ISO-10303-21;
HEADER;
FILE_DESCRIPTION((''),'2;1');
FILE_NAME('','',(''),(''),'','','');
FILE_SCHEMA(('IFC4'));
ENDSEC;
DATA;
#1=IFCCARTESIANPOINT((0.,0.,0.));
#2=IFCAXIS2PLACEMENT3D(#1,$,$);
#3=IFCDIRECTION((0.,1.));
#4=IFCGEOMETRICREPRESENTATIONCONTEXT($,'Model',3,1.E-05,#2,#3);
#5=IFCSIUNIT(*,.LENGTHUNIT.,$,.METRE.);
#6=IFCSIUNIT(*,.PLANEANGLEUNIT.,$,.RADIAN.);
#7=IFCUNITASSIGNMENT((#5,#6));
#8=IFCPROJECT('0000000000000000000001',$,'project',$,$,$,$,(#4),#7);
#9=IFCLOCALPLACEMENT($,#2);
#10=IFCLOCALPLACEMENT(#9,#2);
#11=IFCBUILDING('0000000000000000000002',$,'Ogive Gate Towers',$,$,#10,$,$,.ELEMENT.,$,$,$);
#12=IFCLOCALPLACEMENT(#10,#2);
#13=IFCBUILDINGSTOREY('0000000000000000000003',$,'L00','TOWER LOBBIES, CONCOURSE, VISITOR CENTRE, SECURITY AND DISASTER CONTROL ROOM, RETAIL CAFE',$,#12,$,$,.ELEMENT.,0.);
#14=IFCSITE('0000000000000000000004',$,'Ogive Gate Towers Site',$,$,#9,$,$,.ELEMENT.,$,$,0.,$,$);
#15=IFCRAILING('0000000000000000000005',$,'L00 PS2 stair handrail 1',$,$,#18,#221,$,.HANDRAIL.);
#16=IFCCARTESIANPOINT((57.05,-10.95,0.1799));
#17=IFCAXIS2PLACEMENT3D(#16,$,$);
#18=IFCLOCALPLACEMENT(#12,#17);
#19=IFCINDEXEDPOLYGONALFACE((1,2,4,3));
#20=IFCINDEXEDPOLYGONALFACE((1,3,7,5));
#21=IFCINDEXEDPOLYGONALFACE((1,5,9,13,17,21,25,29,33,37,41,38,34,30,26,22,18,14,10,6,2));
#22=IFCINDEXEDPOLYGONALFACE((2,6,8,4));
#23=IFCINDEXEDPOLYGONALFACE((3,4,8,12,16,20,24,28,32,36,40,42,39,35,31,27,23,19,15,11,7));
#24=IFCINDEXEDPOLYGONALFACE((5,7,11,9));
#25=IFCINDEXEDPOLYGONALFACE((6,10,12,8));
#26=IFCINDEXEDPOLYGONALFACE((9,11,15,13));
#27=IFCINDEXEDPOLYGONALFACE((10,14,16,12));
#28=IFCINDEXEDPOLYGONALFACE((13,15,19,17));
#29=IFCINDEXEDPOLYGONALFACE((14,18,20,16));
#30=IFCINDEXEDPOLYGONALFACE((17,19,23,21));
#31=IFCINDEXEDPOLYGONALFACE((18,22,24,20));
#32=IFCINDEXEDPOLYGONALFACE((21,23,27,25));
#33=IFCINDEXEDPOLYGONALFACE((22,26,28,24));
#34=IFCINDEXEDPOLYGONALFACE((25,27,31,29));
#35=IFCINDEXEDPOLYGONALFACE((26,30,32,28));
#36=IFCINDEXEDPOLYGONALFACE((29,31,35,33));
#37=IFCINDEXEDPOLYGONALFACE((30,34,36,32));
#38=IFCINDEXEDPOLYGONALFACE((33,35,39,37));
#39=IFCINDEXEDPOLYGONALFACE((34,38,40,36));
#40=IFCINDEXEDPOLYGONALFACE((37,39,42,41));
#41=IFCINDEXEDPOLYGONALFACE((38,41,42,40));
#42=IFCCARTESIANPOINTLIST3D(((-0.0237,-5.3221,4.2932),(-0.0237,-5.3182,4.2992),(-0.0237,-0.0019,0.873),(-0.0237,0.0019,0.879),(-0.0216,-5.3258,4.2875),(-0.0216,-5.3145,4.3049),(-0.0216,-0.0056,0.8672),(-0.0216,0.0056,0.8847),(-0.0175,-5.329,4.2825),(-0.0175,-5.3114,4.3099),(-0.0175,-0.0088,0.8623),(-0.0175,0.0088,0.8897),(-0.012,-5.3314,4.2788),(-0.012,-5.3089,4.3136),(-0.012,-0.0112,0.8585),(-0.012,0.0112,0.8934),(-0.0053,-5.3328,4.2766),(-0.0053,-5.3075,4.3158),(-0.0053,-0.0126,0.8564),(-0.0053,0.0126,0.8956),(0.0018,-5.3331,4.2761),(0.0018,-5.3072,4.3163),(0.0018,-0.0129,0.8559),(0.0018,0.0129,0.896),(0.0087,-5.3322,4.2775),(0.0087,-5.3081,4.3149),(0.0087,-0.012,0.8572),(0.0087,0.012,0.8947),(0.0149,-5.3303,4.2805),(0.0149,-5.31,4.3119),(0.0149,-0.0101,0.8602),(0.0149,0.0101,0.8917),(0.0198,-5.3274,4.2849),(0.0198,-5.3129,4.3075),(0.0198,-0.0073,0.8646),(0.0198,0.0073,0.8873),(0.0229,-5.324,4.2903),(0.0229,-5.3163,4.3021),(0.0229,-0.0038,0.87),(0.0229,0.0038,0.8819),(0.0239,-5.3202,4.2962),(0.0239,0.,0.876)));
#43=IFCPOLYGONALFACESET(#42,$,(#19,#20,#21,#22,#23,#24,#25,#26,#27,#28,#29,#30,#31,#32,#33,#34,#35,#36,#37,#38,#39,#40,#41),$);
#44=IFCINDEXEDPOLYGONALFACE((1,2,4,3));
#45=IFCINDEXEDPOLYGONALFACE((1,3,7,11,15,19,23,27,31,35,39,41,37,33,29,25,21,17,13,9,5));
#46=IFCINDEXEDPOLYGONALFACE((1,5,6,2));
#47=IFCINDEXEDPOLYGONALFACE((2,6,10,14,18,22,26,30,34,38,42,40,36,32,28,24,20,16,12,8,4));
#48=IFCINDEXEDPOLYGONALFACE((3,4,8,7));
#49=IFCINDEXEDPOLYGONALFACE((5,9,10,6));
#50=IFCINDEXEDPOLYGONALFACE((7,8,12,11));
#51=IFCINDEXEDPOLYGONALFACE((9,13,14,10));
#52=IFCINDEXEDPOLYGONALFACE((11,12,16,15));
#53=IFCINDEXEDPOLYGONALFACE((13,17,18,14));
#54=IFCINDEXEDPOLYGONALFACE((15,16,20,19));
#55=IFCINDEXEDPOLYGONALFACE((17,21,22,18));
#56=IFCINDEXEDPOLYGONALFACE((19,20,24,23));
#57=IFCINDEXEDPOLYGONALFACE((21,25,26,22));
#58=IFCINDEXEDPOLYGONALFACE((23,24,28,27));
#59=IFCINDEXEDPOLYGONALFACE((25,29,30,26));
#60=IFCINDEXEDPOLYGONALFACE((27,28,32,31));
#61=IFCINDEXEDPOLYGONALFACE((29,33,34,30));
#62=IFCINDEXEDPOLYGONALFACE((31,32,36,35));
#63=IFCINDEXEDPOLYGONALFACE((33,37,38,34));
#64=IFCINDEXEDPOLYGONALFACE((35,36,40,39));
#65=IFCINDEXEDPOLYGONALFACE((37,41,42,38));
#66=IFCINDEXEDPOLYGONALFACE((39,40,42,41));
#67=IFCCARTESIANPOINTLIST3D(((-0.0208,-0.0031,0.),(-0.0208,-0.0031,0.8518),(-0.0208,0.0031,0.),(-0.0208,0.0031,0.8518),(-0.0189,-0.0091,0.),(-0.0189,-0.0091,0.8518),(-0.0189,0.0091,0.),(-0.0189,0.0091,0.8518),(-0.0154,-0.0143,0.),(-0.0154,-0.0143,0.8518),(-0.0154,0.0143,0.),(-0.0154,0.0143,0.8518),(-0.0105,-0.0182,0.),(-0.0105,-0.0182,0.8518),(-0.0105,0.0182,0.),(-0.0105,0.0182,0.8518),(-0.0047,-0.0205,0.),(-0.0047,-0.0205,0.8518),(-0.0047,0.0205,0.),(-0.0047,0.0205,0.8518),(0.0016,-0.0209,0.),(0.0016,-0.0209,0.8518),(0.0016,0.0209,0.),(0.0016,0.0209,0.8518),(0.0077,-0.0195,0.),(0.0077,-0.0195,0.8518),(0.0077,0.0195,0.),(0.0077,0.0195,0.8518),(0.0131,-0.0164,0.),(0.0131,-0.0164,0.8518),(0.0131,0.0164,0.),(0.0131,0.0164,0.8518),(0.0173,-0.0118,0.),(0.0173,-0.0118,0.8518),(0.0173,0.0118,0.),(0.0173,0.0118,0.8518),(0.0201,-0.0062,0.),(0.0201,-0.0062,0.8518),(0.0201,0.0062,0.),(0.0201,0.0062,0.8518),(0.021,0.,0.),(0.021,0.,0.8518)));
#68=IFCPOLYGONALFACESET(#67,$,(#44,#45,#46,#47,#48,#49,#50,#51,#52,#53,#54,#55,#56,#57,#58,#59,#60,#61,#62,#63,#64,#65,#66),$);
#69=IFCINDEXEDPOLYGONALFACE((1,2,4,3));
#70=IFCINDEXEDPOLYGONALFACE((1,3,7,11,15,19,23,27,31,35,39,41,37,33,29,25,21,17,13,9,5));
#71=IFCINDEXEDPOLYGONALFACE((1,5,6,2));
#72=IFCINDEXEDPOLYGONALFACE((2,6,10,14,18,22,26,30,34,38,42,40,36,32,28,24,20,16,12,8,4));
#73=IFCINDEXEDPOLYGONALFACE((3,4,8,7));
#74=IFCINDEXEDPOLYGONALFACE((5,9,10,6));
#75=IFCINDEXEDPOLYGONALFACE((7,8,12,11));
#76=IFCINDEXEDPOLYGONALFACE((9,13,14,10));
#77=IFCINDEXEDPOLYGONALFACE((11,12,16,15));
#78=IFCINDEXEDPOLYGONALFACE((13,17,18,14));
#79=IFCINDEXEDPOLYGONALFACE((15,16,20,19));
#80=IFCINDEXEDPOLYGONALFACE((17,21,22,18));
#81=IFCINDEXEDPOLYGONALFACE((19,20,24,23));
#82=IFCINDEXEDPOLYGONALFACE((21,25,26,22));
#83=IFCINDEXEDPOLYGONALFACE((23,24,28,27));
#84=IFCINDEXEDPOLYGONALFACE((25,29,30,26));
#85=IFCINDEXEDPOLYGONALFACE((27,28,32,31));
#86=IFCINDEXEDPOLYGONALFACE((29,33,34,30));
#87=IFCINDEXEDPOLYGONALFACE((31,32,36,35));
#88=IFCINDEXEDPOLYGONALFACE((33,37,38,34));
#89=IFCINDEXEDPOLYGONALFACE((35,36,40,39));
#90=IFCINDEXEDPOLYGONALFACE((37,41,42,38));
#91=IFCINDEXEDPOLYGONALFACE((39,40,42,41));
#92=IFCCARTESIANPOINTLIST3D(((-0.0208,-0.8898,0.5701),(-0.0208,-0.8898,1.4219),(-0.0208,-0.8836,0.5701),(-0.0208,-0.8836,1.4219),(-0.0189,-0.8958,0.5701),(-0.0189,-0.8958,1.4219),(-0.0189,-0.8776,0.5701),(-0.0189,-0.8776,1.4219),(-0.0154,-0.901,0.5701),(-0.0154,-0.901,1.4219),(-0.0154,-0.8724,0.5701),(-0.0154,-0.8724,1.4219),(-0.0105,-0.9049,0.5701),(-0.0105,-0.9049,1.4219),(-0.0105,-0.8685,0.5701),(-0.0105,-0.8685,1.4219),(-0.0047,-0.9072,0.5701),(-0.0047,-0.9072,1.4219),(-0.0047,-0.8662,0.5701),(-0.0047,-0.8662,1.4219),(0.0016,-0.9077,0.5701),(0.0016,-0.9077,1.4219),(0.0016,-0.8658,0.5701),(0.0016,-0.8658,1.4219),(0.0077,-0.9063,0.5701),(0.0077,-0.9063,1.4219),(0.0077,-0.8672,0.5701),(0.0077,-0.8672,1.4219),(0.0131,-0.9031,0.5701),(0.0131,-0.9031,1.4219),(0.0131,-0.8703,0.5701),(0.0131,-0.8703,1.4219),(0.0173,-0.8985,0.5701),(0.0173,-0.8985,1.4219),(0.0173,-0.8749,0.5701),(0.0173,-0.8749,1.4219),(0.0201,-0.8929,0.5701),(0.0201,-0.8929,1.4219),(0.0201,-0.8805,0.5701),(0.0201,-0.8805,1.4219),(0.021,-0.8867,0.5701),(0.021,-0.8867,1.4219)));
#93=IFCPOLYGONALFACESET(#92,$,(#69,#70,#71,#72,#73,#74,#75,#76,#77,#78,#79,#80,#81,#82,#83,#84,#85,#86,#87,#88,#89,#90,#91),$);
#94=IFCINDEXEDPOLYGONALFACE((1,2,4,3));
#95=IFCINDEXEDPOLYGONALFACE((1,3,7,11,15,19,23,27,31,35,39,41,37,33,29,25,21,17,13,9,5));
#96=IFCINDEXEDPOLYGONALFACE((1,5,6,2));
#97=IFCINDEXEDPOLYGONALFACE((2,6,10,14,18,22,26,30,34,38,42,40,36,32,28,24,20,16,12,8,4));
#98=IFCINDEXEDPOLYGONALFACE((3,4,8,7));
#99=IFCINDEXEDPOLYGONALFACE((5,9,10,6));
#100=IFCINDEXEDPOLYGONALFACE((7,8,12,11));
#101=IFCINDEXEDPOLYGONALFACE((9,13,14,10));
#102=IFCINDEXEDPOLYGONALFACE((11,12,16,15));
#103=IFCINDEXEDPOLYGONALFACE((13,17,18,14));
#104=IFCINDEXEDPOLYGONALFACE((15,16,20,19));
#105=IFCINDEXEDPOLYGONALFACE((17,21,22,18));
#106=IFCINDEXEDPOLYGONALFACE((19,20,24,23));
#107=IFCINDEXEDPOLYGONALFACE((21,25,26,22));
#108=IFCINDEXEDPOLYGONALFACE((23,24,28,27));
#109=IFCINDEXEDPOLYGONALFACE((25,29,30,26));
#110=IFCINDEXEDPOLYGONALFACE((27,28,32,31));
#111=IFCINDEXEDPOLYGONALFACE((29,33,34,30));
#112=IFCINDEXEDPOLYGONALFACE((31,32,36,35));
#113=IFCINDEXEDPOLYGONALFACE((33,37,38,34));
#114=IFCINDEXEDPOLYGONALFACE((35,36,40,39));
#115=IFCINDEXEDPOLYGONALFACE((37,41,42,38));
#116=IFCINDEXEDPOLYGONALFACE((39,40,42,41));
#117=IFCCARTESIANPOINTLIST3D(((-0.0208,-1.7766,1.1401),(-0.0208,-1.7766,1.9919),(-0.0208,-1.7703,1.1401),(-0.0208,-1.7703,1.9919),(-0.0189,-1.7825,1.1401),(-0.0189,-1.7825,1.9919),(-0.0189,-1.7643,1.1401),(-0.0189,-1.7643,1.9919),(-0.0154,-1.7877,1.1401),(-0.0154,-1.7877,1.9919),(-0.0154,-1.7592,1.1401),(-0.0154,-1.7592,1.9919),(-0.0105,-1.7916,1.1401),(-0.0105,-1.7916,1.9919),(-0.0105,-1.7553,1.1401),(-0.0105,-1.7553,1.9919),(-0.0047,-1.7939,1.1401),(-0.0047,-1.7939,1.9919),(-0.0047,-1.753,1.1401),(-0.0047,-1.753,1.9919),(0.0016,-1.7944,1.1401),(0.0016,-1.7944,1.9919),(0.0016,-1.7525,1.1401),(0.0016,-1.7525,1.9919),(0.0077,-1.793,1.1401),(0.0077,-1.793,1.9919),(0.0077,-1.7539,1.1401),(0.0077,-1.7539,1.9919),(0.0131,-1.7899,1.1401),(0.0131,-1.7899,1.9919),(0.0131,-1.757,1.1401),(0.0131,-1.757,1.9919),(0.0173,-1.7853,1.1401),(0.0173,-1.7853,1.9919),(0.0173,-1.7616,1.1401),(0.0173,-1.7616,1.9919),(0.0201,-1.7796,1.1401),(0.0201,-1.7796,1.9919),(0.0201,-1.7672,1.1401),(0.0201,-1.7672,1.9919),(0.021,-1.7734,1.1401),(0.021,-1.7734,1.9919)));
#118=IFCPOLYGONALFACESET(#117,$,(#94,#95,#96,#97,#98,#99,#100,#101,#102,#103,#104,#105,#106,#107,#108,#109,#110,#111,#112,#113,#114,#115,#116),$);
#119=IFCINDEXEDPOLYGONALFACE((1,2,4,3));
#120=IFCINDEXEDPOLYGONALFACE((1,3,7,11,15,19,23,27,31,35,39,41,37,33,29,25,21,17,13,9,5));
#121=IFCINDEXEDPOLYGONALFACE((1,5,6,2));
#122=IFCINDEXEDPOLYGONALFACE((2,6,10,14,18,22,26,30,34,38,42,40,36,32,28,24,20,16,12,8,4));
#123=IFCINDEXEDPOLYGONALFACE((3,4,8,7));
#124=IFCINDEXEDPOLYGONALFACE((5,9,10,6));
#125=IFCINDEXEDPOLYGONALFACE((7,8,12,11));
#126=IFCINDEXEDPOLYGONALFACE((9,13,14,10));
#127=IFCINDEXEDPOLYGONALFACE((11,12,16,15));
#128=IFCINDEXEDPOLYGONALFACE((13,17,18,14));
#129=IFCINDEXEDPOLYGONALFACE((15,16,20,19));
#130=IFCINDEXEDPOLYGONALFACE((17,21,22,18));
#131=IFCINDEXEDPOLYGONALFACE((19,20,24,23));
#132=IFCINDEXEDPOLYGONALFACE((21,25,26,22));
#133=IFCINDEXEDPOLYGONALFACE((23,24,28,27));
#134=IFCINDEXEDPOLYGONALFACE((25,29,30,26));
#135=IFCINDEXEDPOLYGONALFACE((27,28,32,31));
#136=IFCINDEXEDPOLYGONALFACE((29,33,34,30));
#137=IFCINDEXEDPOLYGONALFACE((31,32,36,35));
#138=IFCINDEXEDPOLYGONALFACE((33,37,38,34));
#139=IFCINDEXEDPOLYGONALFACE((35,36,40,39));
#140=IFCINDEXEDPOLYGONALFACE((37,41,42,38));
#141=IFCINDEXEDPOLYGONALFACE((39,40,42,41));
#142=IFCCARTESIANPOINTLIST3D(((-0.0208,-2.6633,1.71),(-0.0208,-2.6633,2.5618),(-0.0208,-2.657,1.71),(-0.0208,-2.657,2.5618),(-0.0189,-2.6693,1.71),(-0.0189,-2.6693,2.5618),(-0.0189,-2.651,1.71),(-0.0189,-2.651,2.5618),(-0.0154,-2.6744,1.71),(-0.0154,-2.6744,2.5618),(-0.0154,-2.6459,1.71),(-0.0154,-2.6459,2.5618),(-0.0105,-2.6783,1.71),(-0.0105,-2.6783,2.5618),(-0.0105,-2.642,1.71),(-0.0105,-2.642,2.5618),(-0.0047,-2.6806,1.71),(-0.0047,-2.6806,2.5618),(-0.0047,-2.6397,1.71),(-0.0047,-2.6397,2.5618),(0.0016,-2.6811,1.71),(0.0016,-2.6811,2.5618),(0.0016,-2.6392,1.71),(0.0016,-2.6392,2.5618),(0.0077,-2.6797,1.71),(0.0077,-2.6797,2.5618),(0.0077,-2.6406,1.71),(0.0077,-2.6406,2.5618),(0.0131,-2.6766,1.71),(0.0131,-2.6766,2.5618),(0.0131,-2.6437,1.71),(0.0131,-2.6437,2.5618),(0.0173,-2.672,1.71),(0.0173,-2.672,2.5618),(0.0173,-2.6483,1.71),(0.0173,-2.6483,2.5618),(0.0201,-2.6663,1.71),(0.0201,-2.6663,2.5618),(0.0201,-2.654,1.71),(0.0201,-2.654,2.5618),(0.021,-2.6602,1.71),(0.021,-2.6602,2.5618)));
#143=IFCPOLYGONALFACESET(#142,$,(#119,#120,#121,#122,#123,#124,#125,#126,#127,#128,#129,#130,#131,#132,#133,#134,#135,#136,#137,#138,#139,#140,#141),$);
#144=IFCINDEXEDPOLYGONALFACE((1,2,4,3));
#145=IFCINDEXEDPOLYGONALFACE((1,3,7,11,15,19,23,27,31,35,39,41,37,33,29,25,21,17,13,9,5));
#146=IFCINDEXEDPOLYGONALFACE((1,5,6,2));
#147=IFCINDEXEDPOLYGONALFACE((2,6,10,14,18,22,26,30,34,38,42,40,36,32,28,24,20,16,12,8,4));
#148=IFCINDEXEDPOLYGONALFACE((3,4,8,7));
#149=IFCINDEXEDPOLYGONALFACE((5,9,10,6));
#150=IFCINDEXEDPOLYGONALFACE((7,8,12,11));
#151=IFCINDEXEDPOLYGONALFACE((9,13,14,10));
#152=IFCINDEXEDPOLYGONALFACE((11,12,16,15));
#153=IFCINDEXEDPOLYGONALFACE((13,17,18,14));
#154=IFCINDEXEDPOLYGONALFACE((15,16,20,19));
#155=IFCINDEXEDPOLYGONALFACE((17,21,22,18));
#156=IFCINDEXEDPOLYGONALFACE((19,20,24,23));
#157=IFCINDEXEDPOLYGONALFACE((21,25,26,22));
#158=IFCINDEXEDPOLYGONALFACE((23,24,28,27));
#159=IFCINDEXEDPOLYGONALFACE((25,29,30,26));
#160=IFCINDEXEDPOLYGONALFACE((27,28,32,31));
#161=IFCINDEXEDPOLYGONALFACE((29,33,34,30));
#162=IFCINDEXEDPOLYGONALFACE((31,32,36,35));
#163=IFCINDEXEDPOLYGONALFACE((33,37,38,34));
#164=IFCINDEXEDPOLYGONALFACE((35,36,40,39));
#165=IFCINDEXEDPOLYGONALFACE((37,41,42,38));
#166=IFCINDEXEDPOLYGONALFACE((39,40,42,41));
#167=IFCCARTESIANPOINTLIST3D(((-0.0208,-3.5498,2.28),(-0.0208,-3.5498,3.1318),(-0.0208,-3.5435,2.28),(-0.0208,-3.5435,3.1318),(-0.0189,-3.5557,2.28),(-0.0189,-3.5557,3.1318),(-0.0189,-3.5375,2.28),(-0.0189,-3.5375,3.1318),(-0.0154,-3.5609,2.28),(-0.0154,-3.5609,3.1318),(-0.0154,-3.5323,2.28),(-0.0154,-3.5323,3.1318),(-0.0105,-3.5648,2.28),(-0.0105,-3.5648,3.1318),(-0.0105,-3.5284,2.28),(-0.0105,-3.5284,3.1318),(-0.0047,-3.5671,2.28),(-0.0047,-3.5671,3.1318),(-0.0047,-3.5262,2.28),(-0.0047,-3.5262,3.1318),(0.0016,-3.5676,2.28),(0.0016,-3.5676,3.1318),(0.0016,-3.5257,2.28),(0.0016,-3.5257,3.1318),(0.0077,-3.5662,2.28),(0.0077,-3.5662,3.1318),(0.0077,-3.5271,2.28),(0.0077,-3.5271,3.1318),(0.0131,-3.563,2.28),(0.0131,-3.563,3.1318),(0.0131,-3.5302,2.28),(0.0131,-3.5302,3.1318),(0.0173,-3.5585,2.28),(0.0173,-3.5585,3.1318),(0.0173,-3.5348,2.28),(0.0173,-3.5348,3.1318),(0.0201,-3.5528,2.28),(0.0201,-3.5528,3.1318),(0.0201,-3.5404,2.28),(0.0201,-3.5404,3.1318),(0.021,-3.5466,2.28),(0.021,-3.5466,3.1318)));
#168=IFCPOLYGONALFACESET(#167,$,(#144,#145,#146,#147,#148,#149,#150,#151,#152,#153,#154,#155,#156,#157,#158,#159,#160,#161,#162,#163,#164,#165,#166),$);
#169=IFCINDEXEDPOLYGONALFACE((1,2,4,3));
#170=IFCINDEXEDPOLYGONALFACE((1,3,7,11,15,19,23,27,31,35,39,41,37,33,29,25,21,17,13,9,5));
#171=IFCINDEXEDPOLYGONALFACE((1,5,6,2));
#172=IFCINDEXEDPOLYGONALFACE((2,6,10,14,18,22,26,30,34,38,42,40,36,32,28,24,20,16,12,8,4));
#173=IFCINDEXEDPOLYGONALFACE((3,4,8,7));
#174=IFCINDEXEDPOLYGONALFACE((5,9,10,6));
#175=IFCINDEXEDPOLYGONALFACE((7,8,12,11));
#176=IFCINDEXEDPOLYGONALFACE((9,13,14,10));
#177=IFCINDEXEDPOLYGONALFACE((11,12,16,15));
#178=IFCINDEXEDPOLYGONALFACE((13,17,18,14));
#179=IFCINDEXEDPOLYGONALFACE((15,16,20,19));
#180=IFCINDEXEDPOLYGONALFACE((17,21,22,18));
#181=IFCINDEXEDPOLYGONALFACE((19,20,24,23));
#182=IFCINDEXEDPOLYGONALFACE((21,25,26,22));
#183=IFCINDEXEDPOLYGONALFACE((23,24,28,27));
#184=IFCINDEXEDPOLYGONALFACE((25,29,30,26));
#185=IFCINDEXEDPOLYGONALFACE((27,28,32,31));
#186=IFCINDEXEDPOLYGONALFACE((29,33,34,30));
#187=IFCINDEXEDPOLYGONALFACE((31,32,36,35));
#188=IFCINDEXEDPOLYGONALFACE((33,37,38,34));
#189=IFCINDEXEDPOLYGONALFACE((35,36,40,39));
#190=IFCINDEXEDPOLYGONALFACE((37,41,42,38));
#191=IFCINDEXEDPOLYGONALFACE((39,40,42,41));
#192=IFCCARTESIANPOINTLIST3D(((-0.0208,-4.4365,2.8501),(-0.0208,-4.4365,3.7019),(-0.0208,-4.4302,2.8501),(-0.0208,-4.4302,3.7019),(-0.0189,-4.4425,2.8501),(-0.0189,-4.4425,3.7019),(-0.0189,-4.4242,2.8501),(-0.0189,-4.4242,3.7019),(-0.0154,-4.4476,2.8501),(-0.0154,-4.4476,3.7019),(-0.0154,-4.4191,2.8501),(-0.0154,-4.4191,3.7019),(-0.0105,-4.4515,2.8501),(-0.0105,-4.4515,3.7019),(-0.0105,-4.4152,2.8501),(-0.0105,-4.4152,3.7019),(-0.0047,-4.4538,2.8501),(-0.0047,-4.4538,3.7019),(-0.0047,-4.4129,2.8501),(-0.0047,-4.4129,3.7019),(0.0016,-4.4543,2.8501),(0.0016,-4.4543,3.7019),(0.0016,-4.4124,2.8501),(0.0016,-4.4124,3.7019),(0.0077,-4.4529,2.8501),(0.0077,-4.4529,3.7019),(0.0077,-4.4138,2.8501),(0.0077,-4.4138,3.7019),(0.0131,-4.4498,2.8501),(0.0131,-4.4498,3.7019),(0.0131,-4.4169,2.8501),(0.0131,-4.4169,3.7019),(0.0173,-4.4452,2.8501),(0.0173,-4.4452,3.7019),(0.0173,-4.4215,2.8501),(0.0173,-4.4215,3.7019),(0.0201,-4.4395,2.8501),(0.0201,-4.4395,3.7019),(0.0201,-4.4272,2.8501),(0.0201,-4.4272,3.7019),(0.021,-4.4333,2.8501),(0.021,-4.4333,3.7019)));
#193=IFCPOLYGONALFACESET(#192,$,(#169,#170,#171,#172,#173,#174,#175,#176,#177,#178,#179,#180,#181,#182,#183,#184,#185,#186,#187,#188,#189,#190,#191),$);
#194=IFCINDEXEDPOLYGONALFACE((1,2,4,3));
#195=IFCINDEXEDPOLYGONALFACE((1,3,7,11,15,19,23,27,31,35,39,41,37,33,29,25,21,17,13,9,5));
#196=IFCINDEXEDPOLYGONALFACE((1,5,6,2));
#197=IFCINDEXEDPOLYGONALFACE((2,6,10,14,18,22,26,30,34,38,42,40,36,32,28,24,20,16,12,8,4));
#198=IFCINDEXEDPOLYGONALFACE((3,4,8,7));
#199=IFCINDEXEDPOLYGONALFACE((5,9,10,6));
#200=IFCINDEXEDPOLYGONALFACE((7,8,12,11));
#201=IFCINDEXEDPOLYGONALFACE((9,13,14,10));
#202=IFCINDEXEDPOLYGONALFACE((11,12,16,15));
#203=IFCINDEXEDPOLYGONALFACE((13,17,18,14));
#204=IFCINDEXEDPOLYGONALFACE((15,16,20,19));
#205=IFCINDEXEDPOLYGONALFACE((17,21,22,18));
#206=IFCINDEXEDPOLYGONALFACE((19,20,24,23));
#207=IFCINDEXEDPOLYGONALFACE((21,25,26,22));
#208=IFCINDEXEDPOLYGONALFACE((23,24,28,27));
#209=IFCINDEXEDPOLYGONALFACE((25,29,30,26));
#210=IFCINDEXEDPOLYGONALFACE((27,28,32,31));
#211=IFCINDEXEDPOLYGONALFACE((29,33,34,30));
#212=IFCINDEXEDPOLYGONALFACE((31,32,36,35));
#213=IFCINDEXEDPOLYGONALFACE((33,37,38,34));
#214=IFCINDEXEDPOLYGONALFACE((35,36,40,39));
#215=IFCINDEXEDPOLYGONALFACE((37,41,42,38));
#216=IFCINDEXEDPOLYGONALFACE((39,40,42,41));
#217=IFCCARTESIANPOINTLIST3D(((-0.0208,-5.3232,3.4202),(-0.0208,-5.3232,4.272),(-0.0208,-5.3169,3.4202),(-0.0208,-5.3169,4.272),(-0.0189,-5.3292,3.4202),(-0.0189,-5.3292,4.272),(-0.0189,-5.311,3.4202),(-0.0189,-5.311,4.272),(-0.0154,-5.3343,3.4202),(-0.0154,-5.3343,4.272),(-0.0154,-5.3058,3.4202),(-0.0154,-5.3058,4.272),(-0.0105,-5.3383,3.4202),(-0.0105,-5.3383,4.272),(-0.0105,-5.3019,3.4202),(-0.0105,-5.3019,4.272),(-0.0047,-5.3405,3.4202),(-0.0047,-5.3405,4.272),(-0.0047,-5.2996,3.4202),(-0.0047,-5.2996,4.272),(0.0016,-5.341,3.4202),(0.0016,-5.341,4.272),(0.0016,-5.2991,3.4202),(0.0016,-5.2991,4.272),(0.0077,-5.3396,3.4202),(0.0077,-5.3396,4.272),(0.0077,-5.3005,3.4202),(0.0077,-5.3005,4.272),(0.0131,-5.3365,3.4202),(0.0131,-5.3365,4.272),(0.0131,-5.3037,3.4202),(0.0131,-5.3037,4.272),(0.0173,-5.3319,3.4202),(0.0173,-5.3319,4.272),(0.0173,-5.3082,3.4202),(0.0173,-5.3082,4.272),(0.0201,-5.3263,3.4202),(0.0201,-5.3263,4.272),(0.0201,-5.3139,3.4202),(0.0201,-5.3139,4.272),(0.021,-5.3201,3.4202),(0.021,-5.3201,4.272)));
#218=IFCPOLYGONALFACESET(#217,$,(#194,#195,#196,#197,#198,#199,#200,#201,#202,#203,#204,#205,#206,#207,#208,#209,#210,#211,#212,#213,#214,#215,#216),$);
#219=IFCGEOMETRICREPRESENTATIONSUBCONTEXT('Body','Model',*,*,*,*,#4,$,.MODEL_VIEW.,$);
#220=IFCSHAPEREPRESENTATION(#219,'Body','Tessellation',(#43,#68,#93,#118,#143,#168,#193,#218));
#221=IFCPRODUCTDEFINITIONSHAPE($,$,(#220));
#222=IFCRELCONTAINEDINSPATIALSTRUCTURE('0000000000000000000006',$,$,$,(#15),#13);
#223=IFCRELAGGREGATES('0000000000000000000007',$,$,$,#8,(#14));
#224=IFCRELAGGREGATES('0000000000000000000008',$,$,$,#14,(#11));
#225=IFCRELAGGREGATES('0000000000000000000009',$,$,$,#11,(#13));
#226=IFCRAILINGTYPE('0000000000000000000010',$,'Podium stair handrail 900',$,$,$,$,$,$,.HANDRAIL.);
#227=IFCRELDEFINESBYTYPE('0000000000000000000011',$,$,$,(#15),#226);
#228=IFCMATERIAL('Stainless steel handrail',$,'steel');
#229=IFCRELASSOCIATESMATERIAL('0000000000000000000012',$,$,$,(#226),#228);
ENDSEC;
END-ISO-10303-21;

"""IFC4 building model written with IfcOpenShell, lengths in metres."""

from ifc_helpers import new_model, si_unit, direction, frame, origin, origin_2d, place, context, subcontext, project, spatial, circle, extrude, material, type_object, element, save


model = new_model("IFC4")

# Units and contexts
model_context = context("Model", 3, precision=1e-05, world=origin(), true_north=direction((0.0, 1.0)))
body_context = subcontext(model_context, "Body", "Model", "MODEL_VIEW")
ifc_project = project(units=[si_unit("LENGTHUNIT", "METRE"), si_unit("PLANEANGLEUNIT", "RADIAN")], contexts=[model_context])

# Site, building, storey
site_placement = place(None, origin())
site = spatial("IfcSite", under=ifc_project, at=site_placement, Name="Ogive Gate Towers Site", CompositionType="ELEMENT", RefElevation=0.0)
building_placement = place(site_placement, origin())
building = spatial("IfcBuilding", under=site, at=building_placement, Name="Ogive Gate Towers", CompositionType="ELEMENT")
storey_placement = place(building_placement, origin())
storey = spatial("IfcBuildingStorey", under=building, at=storey_placement, Name="L00", Description="TOWER LOBBIES, CONCOURSE, VISITOR CENTRE, SECURITY AND DISASTER CONTROL ROOM, RETAIL CAFE", CompositionType="ELEMENT", Elevation=0.0)

# Railing
ifc_material_1 = material(Name="Stainless steel handrail", Category="steel")
railing_type_1 = type_object("IfcRailingType", Name="Podium stair handrail 900", PredefinedType="HANDRAIL", material=ifc_material_1)
railing_1_placement = place(storey_placement, frame((57.05, -10.95, 0.1799)))
element("IfcRailing", 1, at=railing_1_placement, inside=storey, type_object=railing_type_1, Name="L00 PS2 stair handrail 1", PredefinedType="HANDRAIL", context=body_context, shape_type="SweptSolid", body=[
    extrude(circle(Radius=0.0239, at=origin_2d()), frame((0.0, 0.0, 0.876), z_axis=(0.0, -0.84117, 0.540771), x_axis=(1.0, 0.0, 0.0)), (0.0, 0.0, 1.0), 6.3247),
    extrude(circle(Radius=0.021, at=origin_2d()), origin(), (0.0, 0.0, 1.0), 0.8518),
    extrude(circle(Radius=0.021, at=origin_2d()), frame((0.0, -0.8867, 0.5701)), (0.0, 0.0, 1.0), 0.8518),
    extrude(circle(Radius=0.021, at=origin_2d()), frame((0.0, -1.7734, 1.1401)), (0.0, 0.0, 1.0), 0.8518),
    extrude(circle(Radius=0.021, at=origin_2d()), frame((0.0, -2.6602, 1.71)), (0.0, 0.0, 1.0), 0.8518),
    extrude(circle(Radius=0.021, at=origin_2d()), frame((0.0, -3.5466, 2.28)), (0.0, 0.0, 1.0), 0.8518),
    extrude(circle(Radius=0.021, at=origin_2d()), frame((0.0, -4.4333, 2.8501)), (0.0, 0.0, 1.0), 0.8518),
    extrude(circle(Radius=0.021, at=origin_2d()), frame((0.0, -5.3201, 3.4202)), (0.0, 0.0, 1.0), 0.8518),
])

save(model, "model.ifc")
